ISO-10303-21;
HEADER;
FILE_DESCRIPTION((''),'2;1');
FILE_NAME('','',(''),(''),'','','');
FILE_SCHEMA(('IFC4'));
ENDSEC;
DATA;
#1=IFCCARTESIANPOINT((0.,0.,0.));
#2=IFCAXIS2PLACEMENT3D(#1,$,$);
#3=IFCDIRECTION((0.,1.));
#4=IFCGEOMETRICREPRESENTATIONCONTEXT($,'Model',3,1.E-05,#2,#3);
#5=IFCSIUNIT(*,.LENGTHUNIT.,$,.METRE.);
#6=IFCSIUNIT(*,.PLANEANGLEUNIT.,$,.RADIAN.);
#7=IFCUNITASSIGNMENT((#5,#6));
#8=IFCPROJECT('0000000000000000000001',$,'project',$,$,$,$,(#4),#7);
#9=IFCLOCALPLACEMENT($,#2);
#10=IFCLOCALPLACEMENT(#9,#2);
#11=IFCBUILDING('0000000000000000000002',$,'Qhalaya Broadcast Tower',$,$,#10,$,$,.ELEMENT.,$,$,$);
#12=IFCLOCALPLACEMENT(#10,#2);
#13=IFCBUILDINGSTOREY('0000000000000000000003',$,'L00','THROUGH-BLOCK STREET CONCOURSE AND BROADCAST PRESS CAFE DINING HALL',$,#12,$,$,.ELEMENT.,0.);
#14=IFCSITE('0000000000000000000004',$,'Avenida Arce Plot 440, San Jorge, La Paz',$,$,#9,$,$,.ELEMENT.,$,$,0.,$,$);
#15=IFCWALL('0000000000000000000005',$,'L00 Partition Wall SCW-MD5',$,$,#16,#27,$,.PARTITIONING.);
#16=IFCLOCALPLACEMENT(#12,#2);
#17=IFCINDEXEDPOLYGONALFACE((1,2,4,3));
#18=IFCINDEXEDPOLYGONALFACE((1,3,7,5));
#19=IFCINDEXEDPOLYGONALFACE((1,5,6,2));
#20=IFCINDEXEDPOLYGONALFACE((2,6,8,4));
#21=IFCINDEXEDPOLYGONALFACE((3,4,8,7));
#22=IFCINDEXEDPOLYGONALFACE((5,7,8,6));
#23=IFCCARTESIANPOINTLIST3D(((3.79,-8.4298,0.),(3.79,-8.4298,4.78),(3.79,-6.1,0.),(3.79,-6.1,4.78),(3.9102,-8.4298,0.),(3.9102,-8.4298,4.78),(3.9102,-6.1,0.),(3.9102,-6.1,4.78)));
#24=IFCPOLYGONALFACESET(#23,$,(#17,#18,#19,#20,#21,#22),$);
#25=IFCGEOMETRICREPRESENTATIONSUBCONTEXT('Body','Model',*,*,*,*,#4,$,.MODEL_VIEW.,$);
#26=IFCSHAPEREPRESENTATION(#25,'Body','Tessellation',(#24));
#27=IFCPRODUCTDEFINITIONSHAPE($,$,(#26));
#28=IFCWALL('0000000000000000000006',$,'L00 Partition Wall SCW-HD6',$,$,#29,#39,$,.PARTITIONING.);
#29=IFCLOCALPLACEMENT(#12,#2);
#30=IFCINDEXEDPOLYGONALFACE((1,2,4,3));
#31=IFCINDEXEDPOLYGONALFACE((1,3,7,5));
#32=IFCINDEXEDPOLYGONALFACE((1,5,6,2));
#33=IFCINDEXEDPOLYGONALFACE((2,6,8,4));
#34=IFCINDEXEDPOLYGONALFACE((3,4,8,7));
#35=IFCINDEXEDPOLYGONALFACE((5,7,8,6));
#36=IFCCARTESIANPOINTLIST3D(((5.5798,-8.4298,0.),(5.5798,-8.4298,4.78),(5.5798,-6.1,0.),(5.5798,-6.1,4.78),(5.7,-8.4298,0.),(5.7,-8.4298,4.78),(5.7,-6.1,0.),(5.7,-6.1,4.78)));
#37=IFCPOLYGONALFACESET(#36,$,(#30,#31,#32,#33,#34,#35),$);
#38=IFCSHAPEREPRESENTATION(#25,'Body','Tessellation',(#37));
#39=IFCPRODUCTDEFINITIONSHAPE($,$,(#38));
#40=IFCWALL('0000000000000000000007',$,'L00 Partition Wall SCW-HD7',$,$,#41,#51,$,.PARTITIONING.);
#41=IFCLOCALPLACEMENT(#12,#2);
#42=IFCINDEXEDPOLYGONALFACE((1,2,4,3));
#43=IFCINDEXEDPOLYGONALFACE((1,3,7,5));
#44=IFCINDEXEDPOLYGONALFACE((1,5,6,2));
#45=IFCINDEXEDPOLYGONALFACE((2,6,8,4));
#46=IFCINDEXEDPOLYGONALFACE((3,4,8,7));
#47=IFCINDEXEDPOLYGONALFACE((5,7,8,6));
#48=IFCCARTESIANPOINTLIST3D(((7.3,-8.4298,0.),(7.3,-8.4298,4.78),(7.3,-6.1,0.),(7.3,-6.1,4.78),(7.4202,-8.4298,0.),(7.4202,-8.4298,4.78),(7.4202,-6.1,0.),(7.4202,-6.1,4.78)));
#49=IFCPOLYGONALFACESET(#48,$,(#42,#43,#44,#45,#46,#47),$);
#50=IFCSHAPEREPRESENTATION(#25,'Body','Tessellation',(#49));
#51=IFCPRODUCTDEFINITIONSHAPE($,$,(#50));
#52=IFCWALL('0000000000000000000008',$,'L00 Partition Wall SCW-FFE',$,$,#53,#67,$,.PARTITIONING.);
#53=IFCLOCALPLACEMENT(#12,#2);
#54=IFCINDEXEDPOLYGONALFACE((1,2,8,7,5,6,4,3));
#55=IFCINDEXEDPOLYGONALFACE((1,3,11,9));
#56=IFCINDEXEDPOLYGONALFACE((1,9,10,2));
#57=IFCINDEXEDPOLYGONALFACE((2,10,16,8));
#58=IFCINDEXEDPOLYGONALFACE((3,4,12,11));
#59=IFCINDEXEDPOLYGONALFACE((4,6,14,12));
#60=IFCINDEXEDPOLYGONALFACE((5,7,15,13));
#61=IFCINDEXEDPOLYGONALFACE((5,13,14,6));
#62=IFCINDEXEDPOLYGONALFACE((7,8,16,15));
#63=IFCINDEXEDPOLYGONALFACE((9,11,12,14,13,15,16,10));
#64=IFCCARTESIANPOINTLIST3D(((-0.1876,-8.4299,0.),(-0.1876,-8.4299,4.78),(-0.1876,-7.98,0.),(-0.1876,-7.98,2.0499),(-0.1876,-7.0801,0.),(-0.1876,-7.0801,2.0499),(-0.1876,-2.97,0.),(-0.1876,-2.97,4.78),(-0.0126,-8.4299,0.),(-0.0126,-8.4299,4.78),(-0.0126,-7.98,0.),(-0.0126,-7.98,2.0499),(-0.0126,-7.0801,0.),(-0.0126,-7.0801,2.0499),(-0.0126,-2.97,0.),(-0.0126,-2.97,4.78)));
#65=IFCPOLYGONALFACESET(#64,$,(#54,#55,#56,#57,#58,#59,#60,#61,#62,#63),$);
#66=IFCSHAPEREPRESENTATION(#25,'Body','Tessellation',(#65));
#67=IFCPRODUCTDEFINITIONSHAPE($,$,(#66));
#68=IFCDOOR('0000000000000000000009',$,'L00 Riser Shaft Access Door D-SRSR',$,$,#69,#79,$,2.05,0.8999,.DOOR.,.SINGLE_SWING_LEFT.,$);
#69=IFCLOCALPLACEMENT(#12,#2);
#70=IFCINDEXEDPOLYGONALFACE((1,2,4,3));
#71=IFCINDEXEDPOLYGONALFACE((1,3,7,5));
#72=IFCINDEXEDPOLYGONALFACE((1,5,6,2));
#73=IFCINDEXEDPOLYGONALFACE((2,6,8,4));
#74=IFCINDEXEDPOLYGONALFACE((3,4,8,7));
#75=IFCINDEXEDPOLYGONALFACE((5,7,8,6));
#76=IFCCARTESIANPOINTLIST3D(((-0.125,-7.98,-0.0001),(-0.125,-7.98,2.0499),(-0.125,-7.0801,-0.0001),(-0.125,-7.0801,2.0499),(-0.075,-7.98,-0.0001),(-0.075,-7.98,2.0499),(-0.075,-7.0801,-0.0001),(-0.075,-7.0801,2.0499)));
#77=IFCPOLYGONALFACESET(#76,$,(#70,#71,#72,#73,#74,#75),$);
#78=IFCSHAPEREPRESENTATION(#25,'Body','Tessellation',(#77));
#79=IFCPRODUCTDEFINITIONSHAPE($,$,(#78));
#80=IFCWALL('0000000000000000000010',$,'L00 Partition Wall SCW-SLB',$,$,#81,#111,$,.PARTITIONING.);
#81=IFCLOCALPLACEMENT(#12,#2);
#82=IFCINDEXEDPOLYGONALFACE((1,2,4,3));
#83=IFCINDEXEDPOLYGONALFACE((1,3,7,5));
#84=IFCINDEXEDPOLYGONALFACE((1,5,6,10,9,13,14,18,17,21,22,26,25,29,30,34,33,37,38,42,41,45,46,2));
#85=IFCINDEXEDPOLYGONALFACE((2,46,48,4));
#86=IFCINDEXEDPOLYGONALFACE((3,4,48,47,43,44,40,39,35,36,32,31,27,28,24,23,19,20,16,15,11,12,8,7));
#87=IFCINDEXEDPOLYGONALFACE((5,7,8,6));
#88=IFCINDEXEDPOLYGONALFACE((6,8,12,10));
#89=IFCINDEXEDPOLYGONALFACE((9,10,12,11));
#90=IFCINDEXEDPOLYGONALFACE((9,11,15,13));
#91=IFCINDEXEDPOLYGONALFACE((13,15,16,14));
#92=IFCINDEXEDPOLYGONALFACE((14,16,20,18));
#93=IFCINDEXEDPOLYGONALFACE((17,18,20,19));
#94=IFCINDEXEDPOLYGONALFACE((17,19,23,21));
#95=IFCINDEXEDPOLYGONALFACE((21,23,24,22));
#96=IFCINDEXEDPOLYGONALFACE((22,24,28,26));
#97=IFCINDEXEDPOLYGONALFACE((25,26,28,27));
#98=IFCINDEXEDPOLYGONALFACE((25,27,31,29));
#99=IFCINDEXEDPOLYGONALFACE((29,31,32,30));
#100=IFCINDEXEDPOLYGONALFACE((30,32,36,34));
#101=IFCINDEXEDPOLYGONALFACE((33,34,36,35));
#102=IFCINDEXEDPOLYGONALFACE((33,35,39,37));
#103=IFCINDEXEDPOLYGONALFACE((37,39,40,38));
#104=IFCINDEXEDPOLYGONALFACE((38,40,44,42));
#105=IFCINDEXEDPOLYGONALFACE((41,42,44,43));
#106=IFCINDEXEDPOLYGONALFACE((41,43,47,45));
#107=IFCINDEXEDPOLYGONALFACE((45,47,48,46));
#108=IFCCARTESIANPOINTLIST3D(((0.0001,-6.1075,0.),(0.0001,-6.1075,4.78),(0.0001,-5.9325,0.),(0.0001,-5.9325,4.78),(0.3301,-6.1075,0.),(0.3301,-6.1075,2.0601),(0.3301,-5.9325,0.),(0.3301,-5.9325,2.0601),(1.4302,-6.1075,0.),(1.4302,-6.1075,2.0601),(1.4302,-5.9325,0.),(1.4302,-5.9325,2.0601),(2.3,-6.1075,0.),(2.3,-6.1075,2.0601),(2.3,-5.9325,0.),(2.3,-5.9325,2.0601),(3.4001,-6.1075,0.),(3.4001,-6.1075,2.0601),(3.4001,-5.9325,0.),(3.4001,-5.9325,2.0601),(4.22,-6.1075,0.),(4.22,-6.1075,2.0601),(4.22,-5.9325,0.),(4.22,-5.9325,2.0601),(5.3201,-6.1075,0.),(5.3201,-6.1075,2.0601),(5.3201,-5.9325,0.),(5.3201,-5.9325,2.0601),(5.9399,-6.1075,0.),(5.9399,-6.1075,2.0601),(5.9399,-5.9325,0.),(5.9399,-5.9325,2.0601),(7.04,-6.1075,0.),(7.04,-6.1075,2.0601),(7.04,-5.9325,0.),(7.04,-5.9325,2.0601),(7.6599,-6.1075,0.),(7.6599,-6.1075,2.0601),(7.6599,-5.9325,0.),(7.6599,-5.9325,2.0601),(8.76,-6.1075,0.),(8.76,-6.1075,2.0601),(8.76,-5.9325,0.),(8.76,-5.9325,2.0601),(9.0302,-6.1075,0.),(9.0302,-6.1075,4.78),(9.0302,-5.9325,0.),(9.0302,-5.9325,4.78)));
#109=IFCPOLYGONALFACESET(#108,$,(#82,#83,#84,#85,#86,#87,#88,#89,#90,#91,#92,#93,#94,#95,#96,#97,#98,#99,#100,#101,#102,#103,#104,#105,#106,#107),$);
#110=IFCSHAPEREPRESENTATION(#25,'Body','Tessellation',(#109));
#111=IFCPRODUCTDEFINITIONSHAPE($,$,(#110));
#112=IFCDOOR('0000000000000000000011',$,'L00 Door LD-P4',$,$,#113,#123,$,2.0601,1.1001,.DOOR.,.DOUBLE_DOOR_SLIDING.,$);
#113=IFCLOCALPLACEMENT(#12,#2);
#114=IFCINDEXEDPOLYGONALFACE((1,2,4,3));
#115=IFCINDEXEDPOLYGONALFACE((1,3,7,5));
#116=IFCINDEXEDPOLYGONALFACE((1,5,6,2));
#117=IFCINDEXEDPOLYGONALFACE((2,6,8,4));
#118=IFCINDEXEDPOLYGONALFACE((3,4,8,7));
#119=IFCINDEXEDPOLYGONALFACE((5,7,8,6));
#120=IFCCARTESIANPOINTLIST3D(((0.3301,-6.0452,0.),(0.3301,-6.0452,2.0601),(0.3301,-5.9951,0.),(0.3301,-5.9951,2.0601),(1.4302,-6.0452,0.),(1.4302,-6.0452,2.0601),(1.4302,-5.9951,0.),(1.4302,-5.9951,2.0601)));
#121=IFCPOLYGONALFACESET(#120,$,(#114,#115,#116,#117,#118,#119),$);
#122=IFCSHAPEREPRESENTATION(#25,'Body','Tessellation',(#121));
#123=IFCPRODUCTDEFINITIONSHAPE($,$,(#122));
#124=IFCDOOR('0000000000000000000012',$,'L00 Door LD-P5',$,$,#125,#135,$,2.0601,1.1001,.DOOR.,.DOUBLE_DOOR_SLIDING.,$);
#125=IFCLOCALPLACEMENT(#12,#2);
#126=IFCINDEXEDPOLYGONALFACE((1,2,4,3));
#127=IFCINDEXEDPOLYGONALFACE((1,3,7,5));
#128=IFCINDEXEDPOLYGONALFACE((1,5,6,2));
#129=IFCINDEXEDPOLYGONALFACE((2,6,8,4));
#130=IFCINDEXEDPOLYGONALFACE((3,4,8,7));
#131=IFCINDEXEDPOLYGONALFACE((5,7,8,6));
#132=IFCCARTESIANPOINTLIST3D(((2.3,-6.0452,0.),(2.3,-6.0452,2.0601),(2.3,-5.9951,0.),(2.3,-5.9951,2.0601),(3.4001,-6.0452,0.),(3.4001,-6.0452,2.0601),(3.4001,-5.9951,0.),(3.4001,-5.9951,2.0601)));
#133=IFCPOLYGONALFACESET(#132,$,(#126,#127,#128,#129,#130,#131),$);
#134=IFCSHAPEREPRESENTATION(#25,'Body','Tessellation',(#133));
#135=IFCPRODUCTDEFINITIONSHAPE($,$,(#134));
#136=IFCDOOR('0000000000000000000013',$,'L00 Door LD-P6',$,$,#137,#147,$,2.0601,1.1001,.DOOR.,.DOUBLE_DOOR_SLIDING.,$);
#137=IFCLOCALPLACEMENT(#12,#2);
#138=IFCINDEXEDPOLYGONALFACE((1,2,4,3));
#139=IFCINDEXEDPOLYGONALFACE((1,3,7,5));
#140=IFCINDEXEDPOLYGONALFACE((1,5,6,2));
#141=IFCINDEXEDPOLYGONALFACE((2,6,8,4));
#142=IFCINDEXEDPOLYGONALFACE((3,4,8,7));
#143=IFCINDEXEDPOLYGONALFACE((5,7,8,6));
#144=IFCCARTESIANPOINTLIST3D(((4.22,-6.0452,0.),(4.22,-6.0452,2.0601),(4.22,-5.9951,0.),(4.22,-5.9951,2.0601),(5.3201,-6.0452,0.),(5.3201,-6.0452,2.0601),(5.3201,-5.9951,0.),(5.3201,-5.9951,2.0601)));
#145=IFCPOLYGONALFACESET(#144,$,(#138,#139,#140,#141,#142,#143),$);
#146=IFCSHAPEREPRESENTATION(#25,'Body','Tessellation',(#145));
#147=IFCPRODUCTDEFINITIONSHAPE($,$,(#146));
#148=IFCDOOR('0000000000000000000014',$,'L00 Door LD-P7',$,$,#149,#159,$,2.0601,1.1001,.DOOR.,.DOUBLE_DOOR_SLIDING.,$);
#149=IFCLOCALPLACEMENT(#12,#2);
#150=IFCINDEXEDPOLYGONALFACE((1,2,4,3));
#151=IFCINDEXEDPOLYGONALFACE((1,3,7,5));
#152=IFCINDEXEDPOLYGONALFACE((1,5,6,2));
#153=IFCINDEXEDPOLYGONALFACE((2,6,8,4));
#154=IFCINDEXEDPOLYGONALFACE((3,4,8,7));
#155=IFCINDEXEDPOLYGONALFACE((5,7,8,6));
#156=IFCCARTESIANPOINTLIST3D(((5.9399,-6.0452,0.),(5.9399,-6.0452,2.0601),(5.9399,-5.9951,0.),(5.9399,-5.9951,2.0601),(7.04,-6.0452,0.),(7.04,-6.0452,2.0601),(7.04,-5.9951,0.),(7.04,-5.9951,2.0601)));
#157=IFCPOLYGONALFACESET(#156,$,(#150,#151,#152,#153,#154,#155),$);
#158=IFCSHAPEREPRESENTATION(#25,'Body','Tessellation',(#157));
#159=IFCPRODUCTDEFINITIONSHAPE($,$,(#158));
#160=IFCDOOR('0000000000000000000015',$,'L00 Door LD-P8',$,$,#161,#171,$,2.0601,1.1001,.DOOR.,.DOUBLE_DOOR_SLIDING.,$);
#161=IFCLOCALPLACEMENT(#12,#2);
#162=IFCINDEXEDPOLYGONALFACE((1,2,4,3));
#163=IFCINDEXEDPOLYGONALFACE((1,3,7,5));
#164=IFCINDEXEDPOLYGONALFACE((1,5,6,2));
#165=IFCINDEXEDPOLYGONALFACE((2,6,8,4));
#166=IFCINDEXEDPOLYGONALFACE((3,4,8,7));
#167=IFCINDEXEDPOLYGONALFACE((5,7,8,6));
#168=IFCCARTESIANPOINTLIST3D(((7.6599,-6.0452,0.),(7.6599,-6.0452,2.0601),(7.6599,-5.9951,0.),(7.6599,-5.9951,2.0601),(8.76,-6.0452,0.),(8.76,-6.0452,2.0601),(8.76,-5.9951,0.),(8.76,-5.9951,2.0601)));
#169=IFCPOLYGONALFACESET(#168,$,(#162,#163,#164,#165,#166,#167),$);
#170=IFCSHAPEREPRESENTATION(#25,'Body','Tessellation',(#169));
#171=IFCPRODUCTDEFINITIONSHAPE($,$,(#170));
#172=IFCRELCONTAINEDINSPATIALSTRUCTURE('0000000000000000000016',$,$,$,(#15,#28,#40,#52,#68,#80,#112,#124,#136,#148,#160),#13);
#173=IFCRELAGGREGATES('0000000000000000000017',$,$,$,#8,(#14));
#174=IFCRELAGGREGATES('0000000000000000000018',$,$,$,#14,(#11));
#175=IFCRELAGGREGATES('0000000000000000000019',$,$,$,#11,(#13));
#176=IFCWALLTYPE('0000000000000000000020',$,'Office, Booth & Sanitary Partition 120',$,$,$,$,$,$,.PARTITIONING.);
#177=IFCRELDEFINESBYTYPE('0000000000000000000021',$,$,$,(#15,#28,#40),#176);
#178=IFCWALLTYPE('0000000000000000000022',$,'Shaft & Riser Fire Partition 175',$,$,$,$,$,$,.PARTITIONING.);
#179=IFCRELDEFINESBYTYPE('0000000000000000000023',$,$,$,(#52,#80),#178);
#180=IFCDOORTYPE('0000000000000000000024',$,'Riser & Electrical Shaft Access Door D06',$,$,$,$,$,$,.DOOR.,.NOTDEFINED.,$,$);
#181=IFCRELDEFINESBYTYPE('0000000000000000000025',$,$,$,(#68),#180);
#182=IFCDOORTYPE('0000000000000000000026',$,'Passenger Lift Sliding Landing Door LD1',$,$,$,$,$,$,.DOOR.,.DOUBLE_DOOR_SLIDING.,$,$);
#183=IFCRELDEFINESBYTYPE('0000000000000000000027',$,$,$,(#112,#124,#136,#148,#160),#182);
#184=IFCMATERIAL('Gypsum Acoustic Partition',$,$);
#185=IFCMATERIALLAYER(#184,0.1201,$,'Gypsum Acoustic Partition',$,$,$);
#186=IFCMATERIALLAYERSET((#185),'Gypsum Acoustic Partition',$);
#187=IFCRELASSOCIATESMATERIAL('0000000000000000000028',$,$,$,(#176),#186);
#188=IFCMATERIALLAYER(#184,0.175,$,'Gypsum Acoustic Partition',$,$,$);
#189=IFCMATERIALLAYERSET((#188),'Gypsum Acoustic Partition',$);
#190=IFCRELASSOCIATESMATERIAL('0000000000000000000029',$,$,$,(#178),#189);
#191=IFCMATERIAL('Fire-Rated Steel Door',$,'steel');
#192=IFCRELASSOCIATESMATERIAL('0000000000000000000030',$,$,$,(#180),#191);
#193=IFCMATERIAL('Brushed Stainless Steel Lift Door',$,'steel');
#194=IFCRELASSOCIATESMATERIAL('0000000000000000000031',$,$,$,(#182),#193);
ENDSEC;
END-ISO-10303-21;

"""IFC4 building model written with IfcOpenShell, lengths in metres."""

from ifc_helpers import new_model, si_unit, direction, frame, frame_2d, origin, place, context, subcontext, project, spatial, rectangle, extrude, material, layer, layer_set, type_object, element, fill, save


model = new_model("IFC4")

# Units and contexts
model_context = context("Model", 3, precision=1e-05, world=origin(), true_north=direction((0.0, 1.0)))
body_context = subcontext(model_context, "Body", "Model", "MODEL_VIEW")
ifc_project = project(units=[si_unit("LENGTHUNIT", "METRE"), si_unit("PLANEANGLEUNIT", "RADIAN")], contexts=[model_context])

# Site, building, storey
site_placement = place(None, origin())
site = spatial("IfcSite", under=ifc_project, at=site_placement, Name="Avenida Arce Plot 440, San Jorge, La Paz", CompositionType="ELEMENT", RefElevation=0.0)
building_placement = place(site_placement, origin())
building = spatial("IfcBuilding", under=site, at=building_placement, Name="Qhalaya Broadcast Tower", CompositionType="ELEMENT")
storey_placement = place(building_placement, origin())
storey = spatial("IfcBuildingStorey", under=building, at=storey_placement, Name="L00", Description="THROUGH-BLOCK STREET CONCOURSE AND BROADCAST PRESS CAFE DINING HALL", CompositionType="ELEMENT", Elevation=0.0)

# Walls
ifc_material_1 = material(Name="Gypsum Acoustic Partition")
ifc_layer_1 = layer(ifc_material_1, 0.1201, Name="Gypsum Acoustic Partition")
ifc_layer_set_1 = layer_set([ifc_layer_1], Name="Gypsum Acoustic Partition")
wall_type_1 = type_object("IfcWallType", Name="Office, Booth & Sanitary Partition 120", PredefinedType="PARTITIONING", material=ifc_layer_set_1)
for number, where, z_axis, x_axis, name in (
    (1, (3.8501, -8.4299, 0.0), (0.0, 0.0, 1.0), (0.0, 1.0, 0.0), "L00 Partition Wall SCW-MD5"),
    (2, (5.6399, -8.4299, 0.0), (0.0, 0.0, 1.0), (0.0, 1.0, 0.0), "L00 Partition Wall SCW-HD6"),
    (3, (7.3601, -8.4299, 0.0), (0.0, 0.0, 1.0), (0.0, 1.0, 0.0), "L00 Partition Wall SCW-HD7"),
):
    element("IfcWall", number, at=place(storey_placement, frame(where, z_axis=z_axis, x_axis=x_axis)), inside=storey, type_object=wall_type_1, Name=name, PredefinedType="PARTITIONING", context=body_context, shape_type="SweptSolid", body=[
        extrude(rectangle(XDim=2.3298, YDim=0.1201, at=frame_2d((1.165, 0.0))), origin(), (0.0, 0.0, 1.0), 4.78),
    ])

# Wall, opening, door
ifc_layer_2 = layer(ifc_material_1, 0.175, Name="Gypsum Acoustic Partition")
ifc_layer_set_2 = layer_set([ifc_layer_2], Name="Gypsum Acoustic Partition")
wall_type_2 = type_object("IfcWallType", Name="Shaft & Riser Fire Partition 175", PredefinedType="PARTITIONING", material=ifc_layer_set_2)
wall_1_placement = place(storey_placement, frame((-0.1001, -8.4299, 0.0), z_axis=(0.0, 0.0, 1.0), x_axis=(0.0, 1.0, 0.0)))
wall_1 = element("IfcWall", 4, at=wall_1_placement, inside=storey, type_object=wall_type_2, Name="L00 Partition Wall SCW-FFE", PredefinedType="PARTITIONING", context=body_context, shape_type="SweptSolid", body=[
    extrude(rectangle(XDim=5.46, YDim=0.175, at=frame_2d((2.73, 0.0))), origin(), (0.0, 0.0, 1.0), 4.78),
])
opening_1_placement = place(wall_1_placement, frame((0.45, 0.0, 0.0)))
opening_1 = element("IfcOpeningElement", 5, at=opening_1_placement, cuts=wall_1, PredefinedType="OPENING", context=body_context, shape_type="SweptSolid", body=[
    extrude(rectangle(XDim=0.8999, YDim=2.05, at=frame_2d((0.45, 1.0249))), frame((0.0, 0.0996, 0.0), z_axis=(0.0, -1.0, 0.0), x_axis=(1.0, 0.0, 0.0)), (0.0, 0.0, 1.0), 0.199),
])
ifc_material_2 = material(Name="Fire-Rated Steel Door", Category="steel")
door_type_1 = type_object("IfcDoorType", Name="Riser & Electrical Shaft Access Door D06", OperationType="NOTDEFINED", PredefinedType="DOOR", material=ifc_material_2)
door_1_placement = place(opening_1_placement, origin())
door_1 = element("IfcDoor", 6, at=door_1_placement, inside=storey, type_object=door_type_1, Name="L00 Riser Shaft Access Door D-SRSR", OperationType="SINGLE_SWING_LEFT", OverallHeight=2.05, OverallWidth=0.8999, PredefinedType="DOOR", context=body_context, shape_type="SweptSolid", body=[
    extrude(rectangle(XDim=0.8999, YDim=2.05, at=frame_2d((0.45, 1.0249))), frame((0.0, 0.0249, 0.0), z_axis=(0.0, -1.0, 0.0), x_axis=(1.0, 0.0, 0.0)), (0.0, 0.0, 1.0), 0.05),
])
fill(opening_1, door_1)

# Wall, openings, doors
wall_2_placement = place(storey_placement, frame((0.0, -6.02, 0.0), z_axis=(0.0, 0.0, 1.0), x_axis=(1.0, 0.0, 0.0)))
wall_2 = element("IfcWall", 7, at=wall_2_placement, inside=storey, type_object=wall_type_2, Name="L00 Partition Wall SCW-SLB", PredefinedType="PARTITIONING", context=body_context, shape_type="SweptSolid", body=[
    extrude(rectangle(XDim=9.03, YDim=0.175, at=frame_2d((4.5151, 0.0))), origin(), (0.0, 0.0, 1.0), 4.78),
])
opening_2_placement = place(wall_2_placement, frame((0.3301, 0.0, 0.0)))
opening_2 = element("IfcOpeningElement", 8, at=opening_2_placement, cuts=wall_2, PredefinedType="OPENING", context=body_context, shape_type="SweptSolid", body=[
    extrude(rectangle(XDim=1.1001, YDim=2.0601, at=frame_2d((0.55, 1.03))), frame((0.0, 0.0996, 0.0), z_axis=(0.0, -1.0, 0.0), x_axis=(1.0, 0.0, 0.0)), (0.0, 0.0, 1.0), 0.199),
])
opening_3_placement = place(wall_2_placement, frame((2.3, 0.0, 0.0)))
opening_3 = element("IfcOpeningElement", 9, at=opening_3_placement, cuts=wall_2, PredefinedType="OPENING", context=body_context, shape_type="SweptSolid", body=[
    extrude(rectangle(XDim=1.1001, YDim=2.0601, at=frame_2d((0.55, 1.03))), frame((0.0, 0.0996, 0.0), z_axis=(0.0, -1.0, 0.0), x_axis=(1.0, 0.0, 0.0)), (0.0, 0.0, 1.0), 0.199),
])
opening_4_placement = place(wall_2_placement, frame((4.22, 0.0, 0.0)))
opening_4 = element("IfcOpeningElement", 10, at=opening_4_placement, cuts=wall_2, PredefinedType="OPENING", context=body_context, shape_type="SweptSolid", body=[
    extrude(rectangle(XDim=1.1001, YDim=2.0601, at=frame_2d((0.55, 1.03))), frame((0.0, 0.0996, 0.0), z_axis=(0.0, -1.0, 0.0), x_axis=(1.0, 0.0, 0.0)), (0.0, 0.0, 1.0), 0.199),
])
opening_5_placement = place(wall_2_placement, frame((5.9399, 0.0, 0.0)))
opening_5 = element("IfcOpeningElement", 11, at=opening_5_placement, cuts=wall_2, PredefinedType="OPENING", context=body_context, shape_type="SweptSolid", body=[
    extrude(rectangle(XDim=1.1001, YDim=2.0601, at=frame_2d((0.55, 1.03))), frame((0.0, 0.0996, 0.0), z_axis=(0.0, -1.0, 0.0), x_axis=(1.0, 0.0, 0.0)), (0.0, 0.0, 1.0), 0.199),
])
opening_6_placement = place(wall_2_placement, frame((7.6599, 0.0, 0.0)))
opening_6 = element("IfcOpeningElement", 12, at=opening_6_placement, cuts=wall_2, PredefinedType="OPENING", context=body_context, shape_type="SweptSolid", body=[
    extrude(rectangle(XDim=1.1001, YDim=2.0601, at=frame_2d((0.55, 1.03))), frame((0.0, 0.0996, 0.0), z_axis=(0.0, -1.0, 0.0), x_axis=(1.0, 0.0, 0.0)), (0.0, 0.0, 1.0), 0.199),
])
ifc_material_3 = material(Name="Brushed Stainless Steel Lift Door", Category="steel")
door_type_2 = type_object("IfcDoorType", Name="Passenger Lift Sliding Landing Door LD1", OperationType="DOUBLE_DOOR_SLIDING", PredefinedType="DOOR", material=ifc_material_3)
door_2_placement = place(opening_2_placement, origin())
door_2 = element("IfcDoor", 13, at=door_2_placement, inside=storey, type_object=door_type_2, Name="L00 Door LD-P4", OperationType="DOUBLE_DOOR_SLIDING", OverallHeight=2.0601, OverallWidth=1.1001, PredefinedType="DOOR", context=body_context, shape_type="SweptSolid", body=[
    extrude(rectangle(XDim=1.1001, YDim=2.0601, at=frame_2d((0.55, 1.03))), frame((0.0, 0.0249, 0.0), z_axis=(0.0, -1.0, 0.0), x_axis=(1.0, 0.0, 0.0)), (0.0, 0.0, 1.0), 0.05),
])
fill(opening_2, door_2)
door_3_placement = place(opening_3_placement, origin())
door_3 = element("IfcDoor", 14, at=door_3_placement, inside=storey, type_object=door_type_2, Name="L00 Door LD-P5", OperationType="DOUBLE_DOOR_SLIDING", OverallHeight=2.0601, OverallWidth=1.1001, PredefinedType="DOOR", context=body_context, shape_type="SweptSolid", body=[
    extrude(rectangle(XDim=1.1001, YDim=2.0601, at=frame_2d((0.55, 1.03))), frame((0.0, 0.0249, 0.0), z_axis=(0.0, -1.0, 0.0), x_axis=(1.0, 0.0, 0.0)), (0.0, 0.0, 1.0), 0.05),
])
fill(opening_3, door_3)
door_4_placement = place(opening_4_placement, origin())
door_4 = element("IfcDoor", 15, at=door_4_placement, inside=storey, type_object=door_type_2, Name="L00 Door LD-P6", OperationType="DOUBLE_DOOR_SLIDING", OverallHeight=2.0601, OverallWidth=1.1001, PredefinedType="DOOR", context=body_context, shape_type="SweptSolid", body=[
    extrude(rectangle(XDim=1.1001, YDim=2.0601, at=frame_2d((0.55, 1.03))), frame((0.0, 0.0249, 0.0), z_axis=(0.0, -1.0, 0.0), x_axis=(1.0, 0.0, 0.0)), (0.0, 0.0, 1.0), 0.05),
])
fill(opening_4, door_4)
door_5_placement = place(opening_5_placement, origin())
door_5 = element("IfcDoor", 16, at=door_5_placement, inside=storey, type_object=door_type_2, Name="L00 Door LD-P7", OperationType="DOUBLE_DOOR_SLIDING", OverallHeight=2.0601, OverallWidth=1.1001, PredefinedType="DOOR", context=body_context, shape_type="SweptSolid", body=[
    extrude(rectangle(XDim=1.1001, YDim=2.0601, at=frame_2d((0.55, 1.03))), frame((0.0, 0.0249, 0.0), z_axis=(0.0, -1.0, 0.0), x_axis=(1.0, 0.0, 0.0)), (0.0, 0.0, 1.0), 0.05),
])
fill(opening_5, door_5)
door_6_placement = place(opening_6_placement, origin())
door_6 = element("IfcDoor", 17, at=door_6_placement, inside=storey, type_object=door_type_2, Name="L00 Door LD-P8", OperationType="DOUBLE_DOOR_SLIDING", OverallHeight=2.0601, OverallWidth=1.1001, PredefinedType="DOOR", context=body_context, shape_type="SweptSolid", body=[
    extrude(rectangle(XDim=1.1001, YDim=2.0601, at=frame_2d((0.55, 1.03))), frame((0.0, 0.0249, 0.0), z_axis=(0.0, -1.0, 0.0), x_axis=(1.0, 0.0, 0.0)), (0.0, 0.0, 1.0), 0.05),
])
fill(opening_6, door_6)

save(model, "model.ifc")
